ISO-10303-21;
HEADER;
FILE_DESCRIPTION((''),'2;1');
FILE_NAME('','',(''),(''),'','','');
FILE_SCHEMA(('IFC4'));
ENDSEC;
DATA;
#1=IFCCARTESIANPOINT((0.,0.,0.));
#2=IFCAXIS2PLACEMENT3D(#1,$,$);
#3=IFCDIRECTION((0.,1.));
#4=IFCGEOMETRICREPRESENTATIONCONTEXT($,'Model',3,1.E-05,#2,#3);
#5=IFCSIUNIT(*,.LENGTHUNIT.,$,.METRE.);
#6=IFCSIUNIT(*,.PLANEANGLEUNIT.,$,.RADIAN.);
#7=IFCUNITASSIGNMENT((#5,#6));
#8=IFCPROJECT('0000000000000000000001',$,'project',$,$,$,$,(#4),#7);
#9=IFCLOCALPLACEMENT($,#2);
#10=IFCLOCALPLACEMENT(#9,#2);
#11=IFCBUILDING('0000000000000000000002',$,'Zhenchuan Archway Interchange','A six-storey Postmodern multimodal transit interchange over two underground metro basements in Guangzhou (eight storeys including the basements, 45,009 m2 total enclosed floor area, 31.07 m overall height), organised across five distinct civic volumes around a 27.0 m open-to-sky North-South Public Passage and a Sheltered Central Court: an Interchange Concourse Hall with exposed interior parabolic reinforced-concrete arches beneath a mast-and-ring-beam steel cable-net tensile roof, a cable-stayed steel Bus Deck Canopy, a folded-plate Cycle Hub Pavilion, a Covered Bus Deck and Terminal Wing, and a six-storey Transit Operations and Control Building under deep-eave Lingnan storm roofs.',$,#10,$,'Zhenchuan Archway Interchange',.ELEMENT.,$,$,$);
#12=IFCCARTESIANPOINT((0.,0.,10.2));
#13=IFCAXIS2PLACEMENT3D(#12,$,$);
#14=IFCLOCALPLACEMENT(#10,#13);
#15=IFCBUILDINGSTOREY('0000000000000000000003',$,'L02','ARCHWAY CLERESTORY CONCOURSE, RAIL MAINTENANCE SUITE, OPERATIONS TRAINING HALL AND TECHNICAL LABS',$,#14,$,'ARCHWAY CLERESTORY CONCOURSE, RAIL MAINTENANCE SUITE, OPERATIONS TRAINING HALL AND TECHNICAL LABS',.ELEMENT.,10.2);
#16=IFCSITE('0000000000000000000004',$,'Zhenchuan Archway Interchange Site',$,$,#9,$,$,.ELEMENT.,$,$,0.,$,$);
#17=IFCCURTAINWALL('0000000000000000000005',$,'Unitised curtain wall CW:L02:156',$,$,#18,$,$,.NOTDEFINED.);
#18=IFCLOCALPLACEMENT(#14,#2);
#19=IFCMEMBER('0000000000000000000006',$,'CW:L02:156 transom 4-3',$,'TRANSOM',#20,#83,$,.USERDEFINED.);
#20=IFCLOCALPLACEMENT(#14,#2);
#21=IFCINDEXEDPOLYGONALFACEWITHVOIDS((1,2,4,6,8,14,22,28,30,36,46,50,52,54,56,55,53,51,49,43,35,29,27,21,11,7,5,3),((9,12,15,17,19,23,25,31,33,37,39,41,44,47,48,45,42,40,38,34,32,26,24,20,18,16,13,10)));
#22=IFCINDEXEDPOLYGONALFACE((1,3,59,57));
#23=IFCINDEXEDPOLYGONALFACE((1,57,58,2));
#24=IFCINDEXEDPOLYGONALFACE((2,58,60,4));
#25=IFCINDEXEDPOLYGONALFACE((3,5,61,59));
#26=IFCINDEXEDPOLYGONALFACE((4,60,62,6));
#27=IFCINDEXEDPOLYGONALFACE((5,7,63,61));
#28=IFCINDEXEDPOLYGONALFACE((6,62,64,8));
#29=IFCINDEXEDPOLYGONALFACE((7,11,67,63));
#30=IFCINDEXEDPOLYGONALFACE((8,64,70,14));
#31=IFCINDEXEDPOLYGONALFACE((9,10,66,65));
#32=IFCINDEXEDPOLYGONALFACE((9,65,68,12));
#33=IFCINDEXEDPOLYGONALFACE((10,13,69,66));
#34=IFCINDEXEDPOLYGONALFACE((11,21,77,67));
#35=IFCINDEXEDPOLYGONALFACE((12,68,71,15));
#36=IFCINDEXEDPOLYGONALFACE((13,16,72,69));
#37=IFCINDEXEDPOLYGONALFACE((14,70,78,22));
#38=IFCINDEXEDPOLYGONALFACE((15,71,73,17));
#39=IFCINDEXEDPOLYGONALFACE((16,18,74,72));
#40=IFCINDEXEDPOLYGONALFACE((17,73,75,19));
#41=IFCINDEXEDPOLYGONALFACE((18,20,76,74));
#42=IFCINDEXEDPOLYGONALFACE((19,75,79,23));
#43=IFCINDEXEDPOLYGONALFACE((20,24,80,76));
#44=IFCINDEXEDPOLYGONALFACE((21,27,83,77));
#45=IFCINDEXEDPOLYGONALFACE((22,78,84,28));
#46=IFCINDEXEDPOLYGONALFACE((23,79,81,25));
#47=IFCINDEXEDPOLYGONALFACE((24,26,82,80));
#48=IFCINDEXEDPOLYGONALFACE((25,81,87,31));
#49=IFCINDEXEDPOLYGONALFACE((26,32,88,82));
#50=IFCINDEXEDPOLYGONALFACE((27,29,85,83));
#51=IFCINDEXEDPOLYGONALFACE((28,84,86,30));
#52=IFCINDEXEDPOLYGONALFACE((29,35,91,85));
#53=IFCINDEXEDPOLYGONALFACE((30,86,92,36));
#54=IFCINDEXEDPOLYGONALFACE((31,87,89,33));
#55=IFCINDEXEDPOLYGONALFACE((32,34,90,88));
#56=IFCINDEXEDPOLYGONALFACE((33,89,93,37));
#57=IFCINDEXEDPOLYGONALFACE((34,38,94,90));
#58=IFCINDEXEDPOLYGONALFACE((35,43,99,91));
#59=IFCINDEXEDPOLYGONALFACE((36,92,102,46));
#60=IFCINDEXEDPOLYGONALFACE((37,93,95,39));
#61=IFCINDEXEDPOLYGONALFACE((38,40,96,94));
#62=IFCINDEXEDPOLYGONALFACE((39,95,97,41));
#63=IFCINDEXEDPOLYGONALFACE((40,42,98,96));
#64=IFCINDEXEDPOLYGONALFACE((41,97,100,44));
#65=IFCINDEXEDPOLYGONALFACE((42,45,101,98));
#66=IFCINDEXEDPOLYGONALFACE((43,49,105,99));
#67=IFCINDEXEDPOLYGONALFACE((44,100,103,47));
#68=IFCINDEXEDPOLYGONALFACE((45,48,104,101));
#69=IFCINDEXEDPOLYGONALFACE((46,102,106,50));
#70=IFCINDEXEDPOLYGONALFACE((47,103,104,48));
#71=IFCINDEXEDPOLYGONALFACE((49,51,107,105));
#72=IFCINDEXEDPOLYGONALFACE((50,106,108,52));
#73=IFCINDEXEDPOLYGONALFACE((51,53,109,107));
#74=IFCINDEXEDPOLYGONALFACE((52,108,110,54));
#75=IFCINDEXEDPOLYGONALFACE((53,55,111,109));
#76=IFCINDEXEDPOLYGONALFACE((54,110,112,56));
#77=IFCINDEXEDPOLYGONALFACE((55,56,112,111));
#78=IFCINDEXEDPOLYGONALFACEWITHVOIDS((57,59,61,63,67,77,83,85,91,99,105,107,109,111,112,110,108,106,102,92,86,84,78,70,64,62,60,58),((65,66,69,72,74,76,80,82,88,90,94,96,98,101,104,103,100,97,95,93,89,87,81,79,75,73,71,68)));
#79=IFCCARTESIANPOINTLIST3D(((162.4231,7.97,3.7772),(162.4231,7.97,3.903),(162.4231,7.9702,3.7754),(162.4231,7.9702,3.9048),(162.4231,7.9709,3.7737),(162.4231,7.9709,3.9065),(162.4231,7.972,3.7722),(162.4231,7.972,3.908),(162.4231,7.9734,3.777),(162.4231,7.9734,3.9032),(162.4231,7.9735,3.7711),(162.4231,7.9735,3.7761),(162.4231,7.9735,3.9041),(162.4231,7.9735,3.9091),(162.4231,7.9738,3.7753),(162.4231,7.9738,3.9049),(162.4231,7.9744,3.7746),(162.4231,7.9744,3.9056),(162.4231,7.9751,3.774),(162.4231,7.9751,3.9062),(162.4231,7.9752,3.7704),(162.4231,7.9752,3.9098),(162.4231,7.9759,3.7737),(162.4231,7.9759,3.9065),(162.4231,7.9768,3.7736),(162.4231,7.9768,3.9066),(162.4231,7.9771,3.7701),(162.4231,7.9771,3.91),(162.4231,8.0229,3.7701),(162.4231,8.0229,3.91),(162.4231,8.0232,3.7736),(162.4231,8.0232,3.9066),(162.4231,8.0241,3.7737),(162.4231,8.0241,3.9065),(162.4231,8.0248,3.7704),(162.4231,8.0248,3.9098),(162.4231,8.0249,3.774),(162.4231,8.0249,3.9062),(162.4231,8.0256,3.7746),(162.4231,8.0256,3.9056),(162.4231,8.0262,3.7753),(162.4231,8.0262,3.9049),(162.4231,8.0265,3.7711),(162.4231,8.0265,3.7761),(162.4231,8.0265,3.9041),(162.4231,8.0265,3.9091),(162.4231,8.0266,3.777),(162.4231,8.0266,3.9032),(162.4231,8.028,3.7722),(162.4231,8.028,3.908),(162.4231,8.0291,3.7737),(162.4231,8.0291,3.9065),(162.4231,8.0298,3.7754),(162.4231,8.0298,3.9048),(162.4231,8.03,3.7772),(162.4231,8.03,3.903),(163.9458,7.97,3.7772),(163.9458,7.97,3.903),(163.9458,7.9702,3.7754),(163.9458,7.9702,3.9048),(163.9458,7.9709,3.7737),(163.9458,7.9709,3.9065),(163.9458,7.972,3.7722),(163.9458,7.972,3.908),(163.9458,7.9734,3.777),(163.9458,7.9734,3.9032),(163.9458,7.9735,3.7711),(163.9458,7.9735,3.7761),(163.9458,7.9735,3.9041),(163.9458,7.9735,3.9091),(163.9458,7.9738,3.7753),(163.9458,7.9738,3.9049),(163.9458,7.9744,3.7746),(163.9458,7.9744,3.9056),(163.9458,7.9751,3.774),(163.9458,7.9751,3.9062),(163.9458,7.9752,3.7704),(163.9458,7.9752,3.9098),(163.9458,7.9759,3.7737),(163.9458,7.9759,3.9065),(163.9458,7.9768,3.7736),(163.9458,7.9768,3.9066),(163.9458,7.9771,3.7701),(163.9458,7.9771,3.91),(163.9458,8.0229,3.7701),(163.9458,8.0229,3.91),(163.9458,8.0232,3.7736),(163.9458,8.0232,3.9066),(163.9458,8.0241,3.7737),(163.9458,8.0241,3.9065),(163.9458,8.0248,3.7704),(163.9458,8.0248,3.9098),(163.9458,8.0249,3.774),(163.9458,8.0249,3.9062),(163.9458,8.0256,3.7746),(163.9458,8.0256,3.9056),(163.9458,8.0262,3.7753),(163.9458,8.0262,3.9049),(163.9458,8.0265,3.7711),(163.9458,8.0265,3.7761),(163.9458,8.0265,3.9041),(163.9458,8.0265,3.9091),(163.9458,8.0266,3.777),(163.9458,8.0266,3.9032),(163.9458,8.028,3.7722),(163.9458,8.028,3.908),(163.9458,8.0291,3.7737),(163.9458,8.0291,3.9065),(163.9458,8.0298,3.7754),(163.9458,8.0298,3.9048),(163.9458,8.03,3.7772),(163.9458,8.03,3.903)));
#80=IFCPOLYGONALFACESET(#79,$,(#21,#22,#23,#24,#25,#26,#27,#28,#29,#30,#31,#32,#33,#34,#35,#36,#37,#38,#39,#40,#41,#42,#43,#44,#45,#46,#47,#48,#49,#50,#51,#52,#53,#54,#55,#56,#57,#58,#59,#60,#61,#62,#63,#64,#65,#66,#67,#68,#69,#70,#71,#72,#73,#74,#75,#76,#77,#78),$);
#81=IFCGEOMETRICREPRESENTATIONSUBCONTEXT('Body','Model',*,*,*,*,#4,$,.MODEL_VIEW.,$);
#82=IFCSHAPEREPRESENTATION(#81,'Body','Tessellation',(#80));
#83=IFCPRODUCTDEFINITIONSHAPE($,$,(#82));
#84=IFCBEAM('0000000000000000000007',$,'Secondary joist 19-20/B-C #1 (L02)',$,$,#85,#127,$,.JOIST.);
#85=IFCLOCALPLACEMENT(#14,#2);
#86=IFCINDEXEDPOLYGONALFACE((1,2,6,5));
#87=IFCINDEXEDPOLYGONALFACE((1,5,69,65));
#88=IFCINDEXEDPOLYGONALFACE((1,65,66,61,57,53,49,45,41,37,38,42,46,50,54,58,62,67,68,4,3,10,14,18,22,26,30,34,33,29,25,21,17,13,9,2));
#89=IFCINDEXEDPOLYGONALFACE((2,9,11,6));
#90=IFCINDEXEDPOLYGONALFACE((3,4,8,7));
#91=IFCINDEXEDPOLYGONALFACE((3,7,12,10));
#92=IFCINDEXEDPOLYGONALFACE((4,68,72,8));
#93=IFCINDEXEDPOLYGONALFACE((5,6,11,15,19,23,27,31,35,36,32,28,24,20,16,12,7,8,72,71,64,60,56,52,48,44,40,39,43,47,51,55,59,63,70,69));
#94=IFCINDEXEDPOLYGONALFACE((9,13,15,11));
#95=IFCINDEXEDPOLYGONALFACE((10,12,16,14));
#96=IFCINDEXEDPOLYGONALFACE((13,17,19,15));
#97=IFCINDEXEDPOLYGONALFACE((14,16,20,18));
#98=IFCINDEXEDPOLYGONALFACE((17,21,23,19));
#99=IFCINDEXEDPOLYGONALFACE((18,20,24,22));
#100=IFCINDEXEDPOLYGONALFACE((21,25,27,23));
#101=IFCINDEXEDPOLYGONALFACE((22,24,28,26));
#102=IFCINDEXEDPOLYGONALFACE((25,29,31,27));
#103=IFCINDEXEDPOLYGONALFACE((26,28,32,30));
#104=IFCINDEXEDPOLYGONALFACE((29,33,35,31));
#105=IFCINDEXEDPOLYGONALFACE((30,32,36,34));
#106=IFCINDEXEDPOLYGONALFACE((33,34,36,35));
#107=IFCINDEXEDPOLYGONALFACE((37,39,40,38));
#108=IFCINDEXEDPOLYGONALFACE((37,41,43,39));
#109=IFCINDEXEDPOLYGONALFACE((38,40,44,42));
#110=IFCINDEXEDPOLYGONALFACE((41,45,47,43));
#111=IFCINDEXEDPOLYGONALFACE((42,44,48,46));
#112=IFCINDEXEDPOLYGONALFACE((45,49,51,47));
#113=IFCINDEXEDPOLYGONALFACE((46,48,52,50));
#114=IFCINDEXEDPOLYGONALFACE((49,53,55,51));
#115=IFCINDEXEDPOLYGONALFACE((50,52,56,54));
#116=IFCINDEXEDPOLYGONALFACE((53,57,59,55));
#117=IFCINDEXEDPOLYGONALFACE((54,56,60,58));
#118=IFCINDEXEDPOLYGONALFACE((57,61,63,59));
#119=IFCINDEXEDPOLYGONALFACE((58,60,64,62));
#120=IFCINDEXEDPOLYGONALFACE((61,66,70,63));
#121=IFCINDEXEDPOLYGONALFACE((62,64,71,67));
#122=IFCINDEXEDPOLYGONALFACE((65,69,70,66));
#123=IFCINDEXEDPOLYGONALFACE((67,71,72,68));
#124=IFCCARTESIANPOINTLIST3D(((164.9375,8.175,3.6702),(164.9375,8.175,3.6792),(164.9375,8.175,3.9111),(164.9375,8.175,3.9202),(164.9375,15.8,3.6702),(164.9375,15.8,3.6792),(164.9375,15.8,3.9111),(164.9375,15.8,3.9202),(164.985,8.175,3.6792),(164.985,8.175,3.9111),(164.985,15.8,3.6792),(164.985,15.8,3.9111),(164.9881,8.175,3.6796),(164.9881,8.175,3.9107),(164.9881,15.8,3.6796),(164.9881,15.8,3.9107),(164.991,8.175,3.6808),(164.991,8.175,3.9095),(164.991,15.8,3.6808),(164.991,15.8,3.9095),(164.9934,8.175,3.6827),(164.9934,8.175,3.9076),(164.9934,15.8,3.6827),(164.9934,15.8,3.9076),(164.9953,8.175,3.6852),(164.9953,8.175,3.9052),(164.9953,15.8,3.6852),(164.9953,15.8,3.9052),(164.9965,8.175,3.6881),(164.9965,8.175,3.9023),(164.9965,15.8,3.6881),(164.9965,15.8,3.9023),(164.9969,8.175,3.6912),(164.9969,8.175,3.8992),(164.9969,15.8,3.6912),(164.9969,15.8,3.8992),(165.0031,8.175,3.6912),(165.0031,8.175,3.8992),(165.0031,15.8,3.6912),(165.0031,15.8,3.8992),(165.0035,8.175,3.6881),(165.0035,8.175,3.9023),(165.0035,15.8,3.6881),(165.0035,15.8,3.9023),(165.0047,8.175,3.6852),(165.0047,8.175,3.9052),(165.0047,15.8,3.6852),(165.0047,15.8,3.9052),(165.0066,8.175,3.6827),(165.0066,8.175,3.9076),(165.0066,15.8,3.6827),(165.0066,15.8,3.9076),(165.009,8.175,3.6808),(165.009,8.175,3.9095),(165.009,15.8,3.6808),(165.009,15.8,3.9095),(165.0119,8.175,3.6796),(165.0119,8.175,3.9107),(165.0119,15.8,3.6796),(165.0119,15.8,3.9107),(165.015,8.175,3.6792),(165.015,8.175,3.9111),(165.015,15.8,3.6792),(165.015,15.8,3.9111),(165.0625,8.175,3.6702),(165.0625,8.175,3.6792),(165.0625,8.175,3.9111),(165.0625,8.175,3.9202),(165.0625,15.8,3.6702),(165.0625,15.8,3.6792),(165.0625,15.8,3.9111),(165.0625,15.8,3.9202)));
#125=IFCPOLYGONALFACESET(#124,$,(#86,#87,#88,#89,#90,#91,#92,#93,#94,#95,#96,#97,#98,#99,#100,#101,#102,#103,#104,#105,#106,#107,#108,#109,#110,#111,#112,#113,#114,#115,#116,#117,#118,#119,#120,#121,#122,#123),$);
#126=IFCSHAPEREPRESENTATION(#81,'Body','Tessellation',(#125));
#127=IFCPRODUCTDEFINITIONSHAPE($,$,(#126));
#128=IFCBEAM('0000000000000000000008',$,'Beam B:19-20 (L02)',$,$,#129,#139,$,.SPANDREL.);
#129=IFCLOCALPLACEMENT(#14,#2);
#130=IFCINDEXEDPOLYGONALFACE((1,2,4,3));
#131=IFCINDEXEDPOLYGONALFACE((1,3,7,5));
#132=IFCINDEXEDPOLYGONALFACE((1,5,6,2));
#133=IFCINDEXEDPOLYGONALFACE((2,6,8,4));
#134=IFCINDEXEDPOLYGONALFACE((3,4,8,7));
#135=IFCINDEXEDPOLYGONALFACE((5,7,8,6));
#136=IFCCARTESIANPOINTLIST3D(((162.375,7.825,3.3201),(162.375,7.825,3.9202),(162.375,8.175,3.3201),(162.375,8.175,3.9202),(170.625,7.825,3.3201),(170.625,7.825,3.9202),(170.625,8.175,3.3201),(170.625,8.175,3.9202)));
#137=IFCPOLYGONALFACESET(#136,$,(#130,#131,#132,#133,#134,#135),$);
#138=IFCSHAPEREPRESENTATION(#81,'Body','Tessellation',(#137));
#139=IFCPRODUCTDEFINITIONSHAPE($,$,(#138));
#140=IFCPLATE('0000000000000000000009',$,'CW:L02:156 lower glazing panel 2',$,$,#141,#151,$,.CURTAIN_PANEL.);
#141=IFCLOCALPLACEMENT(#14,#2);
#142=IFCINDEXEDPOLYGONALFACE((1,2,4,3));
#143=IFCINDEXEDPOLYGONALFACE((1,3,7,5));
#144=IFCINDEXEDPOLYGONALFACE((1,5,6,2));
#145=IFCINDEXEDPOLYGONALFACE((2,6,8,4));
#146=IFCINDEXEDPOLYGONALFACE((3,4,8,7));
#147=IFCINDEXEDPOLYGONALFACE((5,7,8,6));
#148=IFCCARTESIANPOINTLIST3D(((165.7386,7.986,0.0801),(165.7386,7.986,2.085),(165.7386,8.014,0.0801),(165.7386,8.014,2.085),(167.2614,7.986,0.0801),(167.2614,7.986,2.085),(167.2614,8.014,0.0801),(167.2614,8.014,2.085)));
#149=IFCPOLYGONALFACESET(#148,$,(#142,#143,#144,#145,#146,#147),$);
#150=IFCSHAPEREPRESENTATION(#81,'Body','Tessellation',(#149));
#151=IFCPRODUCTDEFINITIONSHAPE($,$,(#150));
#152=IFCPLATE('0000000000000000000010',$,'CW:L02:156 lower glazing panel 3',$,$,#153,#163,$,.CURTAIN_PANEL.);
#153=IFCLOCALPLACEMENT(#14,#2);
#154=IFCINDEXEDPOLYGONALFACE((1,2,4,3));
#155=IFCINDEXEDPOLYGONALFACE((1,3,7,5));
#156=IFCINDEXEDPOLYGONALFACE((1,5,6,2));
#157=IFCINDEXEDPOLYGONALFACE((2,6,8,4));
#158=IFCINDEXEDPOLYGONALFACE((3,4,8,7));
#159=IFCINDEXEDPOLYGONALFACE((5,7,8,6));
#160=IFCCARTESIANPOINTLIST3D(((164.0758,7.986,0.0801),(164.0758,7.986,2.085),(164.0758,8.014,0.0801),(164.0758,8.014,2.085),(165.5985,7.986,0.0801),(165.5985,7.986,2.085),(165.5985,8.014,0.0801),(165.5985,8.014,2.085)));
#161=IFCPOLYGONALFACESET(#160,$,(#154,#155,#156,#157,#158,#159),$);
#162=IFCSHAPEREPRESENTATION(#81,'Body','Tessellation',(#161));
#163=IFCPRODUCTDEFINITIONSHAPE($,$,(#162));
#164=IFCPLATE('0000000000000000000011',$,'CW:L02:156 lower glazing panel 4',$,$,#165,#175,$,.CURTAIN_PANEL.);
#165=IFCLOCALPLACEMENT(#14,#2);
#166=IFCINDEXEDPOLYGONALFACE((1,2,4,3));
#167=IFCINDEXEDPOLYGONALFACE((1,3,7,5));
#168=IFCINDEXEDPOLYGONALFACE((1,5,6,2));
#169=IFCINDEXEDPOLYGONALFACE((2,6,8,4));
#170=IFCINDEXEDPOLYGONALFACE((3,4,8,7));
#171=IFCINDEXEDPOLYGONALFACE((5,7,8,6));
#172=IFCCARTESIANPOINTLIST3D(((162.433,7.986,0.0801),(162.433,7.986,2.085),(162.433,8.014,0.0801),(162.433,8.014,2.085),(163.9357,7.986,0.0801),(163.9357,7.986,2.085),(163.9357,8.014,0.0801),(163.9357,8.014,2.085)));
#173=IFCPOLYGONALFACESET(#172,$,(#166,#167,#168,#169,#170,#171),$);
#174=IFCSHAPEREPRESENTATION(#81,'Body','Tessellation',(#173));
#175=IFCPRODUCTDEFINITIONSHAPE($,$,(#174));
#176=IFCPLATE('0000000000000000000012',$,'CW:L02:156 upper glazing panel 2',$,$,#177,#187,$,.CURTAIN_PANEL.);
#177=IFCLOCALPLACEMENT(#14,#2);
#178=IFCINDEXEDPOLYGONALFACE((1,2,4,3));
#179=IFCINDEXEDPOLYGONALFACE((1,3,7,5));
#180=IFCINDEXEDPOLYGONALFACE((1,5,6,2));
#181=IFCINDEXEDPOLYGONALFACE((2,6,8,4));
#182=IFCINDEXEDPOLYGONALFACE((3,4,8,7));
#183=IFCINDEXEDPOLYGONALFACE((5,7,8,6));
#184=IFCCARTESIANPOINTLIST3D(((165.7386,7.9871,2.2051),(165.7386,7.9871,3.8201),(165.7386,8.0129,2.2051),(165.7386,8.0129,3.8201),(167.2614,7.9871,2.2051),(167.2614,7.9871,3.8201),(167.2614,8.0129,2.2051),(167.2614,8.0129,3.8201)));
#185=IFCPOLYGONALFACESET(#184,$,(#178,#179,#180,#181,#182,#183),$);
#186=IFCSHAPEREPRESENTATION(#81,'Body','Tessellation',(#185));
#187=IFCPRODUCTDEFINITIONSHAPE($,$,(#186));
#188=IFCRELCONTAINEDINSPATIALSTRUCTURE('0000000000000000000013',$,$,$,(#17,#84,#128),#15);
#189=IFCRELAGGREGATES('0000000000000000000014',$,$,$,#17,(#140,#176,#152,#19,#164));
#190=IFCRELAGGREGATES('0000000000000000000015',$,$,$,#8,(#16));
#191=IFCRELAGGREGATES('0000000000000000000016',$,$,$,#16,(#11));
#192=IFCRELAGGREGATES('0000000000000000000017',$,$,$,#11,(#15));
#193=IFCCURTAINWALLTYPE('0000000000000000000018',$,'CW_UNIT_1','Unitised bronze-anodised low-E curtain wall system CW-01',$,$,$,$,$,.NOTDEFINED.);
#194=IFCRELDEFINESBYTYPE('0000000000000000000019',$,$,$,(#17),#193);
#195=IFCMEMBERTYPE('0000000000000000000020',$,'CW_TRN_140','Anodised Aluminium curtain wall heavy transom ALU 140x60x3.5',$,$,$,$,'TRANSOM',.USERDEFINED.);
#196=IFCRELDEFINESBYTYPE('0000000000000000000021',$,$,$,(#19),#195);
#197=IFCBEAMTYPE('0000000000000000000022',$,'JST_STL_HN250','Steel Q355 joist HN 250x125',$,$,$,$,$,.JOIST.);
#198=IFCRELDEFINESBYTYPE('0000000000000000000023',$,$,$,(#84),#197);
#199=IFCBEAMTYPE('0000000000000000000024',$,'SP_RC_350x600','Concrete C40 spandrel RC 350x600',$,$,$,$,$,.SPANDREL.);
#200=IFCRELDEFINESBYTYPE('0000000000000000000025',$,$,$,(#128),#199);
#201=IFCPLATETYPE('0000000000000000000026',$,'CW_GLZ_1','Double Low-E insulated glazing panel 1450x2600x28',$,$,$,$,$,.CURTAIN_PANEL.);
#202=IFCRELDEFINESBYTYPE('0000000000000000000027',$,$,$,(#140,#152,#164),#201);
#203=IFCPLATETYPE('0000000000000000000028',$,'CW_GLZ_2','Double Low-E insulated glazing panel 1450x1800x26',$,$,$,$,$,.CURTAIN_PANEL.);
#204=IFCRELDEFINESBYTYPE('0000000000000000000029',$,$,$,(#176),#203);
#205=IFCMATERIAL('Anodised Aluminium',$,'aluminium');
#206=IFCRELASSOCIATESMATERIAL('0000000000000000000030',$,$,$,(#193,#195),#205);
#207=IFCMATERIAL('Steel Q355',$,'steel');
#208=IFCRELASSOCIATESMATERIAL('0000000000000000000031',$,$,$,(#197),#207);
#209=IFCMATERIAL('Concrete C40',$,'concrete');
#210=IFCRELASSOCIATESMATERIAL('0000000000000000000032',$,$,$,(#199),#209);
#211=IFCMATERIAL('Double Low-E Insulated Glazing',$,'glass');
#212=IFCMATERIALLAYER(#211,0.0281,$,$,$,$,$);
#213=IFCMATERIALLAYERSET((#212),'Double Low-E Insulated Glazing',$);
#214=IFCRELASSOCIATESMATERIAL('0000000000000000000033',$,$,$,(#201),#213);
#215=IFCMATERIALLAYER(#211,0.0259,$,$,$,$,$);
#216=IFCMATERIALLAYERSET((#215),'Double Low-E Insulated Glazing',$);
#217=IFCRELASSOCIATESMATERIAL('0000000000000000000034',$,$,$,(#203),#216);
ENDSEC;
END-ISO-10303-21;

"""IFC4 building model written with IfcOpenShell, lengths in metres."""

from ifc_helpers import new_model, si_unit, direction, frame, origin, origin_2d, place, context, subcontext, project, spatial, rectangle, hollow_rectangle, i_section, extrude, material, layer, layer_set, material_profile, profile_set, type_object, element, aggregate, save


model = new_model("IFC4")

# Units and contexts
model_context = context("Model", 3, precision=1e-05, world=origin(), true_north=direction((0.0, 1.0)))
body_context = subcontext(model_context, "Body", "Model", "MODEL_VIEW")
ifc_project = project(units=[si_unit("LENGTHUNIT", "METRE"), si_unit("PLANEANGLEUNIT", "RADIAN")], contexts=[model_context])

# Site, building, storey
site_placement = place(None, origin())
site = spatial("IfcSite", under=ifc_project, at=site_placement, Name="Zhenchuan Archway Interchange Site", CompositionType="ELEMENT", RefElevation=0.0)
building_placement = place(site_placement, origin())
building = spatial("IfcBuilding", under=site, at=building_placement, Name="Zhenchuan Archway Interchange", Description="A six-storey Postmodern multimodal transit interchange over two underground metro basements in Guangzhou (eight storeys including the basements, 45,009 m2 total enclosed floor area, 31.07 m overall height), organised across five distinct civic volumes around a 27.0 m open-to-sky North-South Public Passage and a Sheltered Central Court: an Interchange Concourse Hall with exposed interior parabolic reinforced-concrete arches beneath a mast-and-ring-beam steel cable-net tensile roof, a cable-stayed steel Bus Deck Canopy, a folded-plate Cycle Hub Pavilion, a Covered Bus Deck and Terminal Wing, and a six-storey Transit Operations and Control Building under deep-eave Lingnan storm roofs.", LongName="Zhenchuan Archway Interchange", CompositionType="ELEMENT")
storey_placement = place(building_placement, frame((0.0, 0.0, 10.2)))
storey = spatial("IfcBuildingStorey", under=building, at=storey_placement, Name="L02", Description="ARCHWAY CLERESTORY CONCOURSE, RAIL MAINTENANCE SUITE, OPERATIONS TRAINING HALL AND TECHNICAL LABS", LongName="ARCHWAY CLERESTORY CONCOURSE, RAIL MAINTENANCE SUITE, OPERATIONS TRAINING HALL AND TECHNICAL LABS", CompositionType="ELEMENT", Elevation=10.2)

# Shared definitions
ifc_material_1 = material(Name="Concrete C40", Category="concrete")

# Curtain wall, member
ifc_material_2 = material(Name="Anodised Aluminium", Category="aluminium")
curtain_wall_type = type_object("IfcCurtainWallType", Name="CW_UNIT_1", Description="Unitised bronze-anodised low-E curtain wall system CW-01", PredefinedType="NOTDEFINED", material=ifc_material_2)
curtain_wall_placement = place(storey_placement, origin())
curtain_wall = element("IfcCurtainWall", 1, at=curtain_wall_placement, inside=storey, type_object=curtain_wall_type, Name="Unitised curtain wall CW:L02:156", PredefinedType="NOTDEFINED")
ifc_material_profile_1 = material_profile(ifc_material_2, hollow_rectangle(XDim=0.0601, YDim=0.1399, WallThickness=0.0034, InnerFilletRadius=0.0034, OuterFilletRadius=0.0071, at=origin_2d()), Name="ALU 140x60x3.5")
ifc_profile_set_1 = profile_set([ifc_material_profile_1], Name="Anodised Aluminium")
member_type_1 = type_object("IfcMemberType", Name="CW_TRN_140", Description="Anodised Aluminium curtain wall heavy transom ALU 140x60x3.5", ElementType="TRANSOM", PredefinedType="USERDEFINED", material=ifc_profile_set_1)
member_1_placement = place(storey_placement, frame((163.9458, 8.0, 3.8401), z_axis=(-1.0, 0.0, 0.0), x_axis=(0.0, -1.0, 0.0)))
member_1 = element("IfcMember", 2, at=member_1_placement, type_object=member_type_1, Name="CW:L02:156 transom 4-3", ObjectType="TRANSOM", PredefinedType="USERDEFINED", context=body_context, shape_type="SweptSolid", body=[
    extrude(hollow_rectangle(XDim=0.0601, YDim=0.1399, WallThickness=0.0034, InnerFilletRadius=0.0034, OuterFilletRadius=0.0071, at=origin_2d()), origin(), (0.0, 0.0, 1.0), 1.5227),
])

# Beams
ifc_material_3 = material(Name="Steel Q355", Category="steel")
ifc_material_profile_2 = material_profile(ifc_material_3, i_section(OverallWidth=0.125, OverallDepth=0.25, WebThickness=0.0061, FlangeThickness=0.009, FilletRadius=0.012, at=origin_2d()), Name="HN 250x125")
ifc_profile_set_2 = profile_set([ifc_material_profile_2], Name="Steel Q355")
beam_type_1 = type_object("IfcBeamType", Name="JST_STL_HN250", Description="Steel Q355 joist HN 250x125", PredefinedType="JOIST", material=ifc_profile_set_2)
beam_1_placement = place(storey_placement, frame((165.0, 8.175, 3.7952), z_axis=(0.0, 1.0, 0.0), x_axis=(-1.0, 0.0, 0.0)))
element("IfcBeam", 3, at=beam_1_placement, inside=storey, type_object=beam_type_1, Name="Secondary joist 19-20/B-C #1 (L02)", PredefinedType="JOIST", context=body_context, shape_type="SweptSolid", body=[
    extrude(i_section(OverallWidth=0.125, OverallDepth=0.25, WebThickness=0.0061, FlangeThickness=0.009, FilletRadius=0.012, at=origin_2d()), origin(), (0.0, 0.0, 1.0), 7.625),
])
ifc_material_profile_3 = material_profile(ifc_material_1, rectangle(XDim=0.3501, YDim=0.6001, at=origin_2d()), Name="RC 350x600")
ifc_profile_set_3 = profile_set([ifc_material_profile_3], Name="Concrete C40")
beam_type_2 = type_object("IfcBeamType", Name="SP_RC_350x600", Description="Concrete C40 spandrel RC 350x600", PredefinedType="SPANDREL", material=ifc_profile_set_3)
beam_2_placement = place(storey_placement, frame((162.375, 8.0, 3.6201), z_axis=(1.0, 0.0, 0.0), x_axis=(0.0, 1.0, 0.0)))
element("IfcBeam", 4, at=beam_2_placement, inside=storey, type_object=beam_type_2, Name="Beam B:19-20 (L02)", PredefinedType="SPANDREL", context=body_context, shape_type="SweptSolid", body=[
    extrude(rectangle(XDim=0.3501, YDim=0.6001, at=origin_2d()), origin(), (0.0, 0.0, 1.0), 8.25),
])

# Plates
ifc_material_4 = material(Name="Double Low-E Insulated Glazing", Category="glass")
ifc_layer_1 = layer(ifc_material_4, 0.0281)
ifc_layer_set_1 = layer_set([ifc_layer_1], Name="Double Low-E Insulated Glazing")
plate_type_1 = type_object("IfcPlateType", Name="CW_GLZ_1", Description="Double Low-E insulated glazing panel 1450x2600x28", PredefinedType="CURTAIN_PANEL", material=ifc_layer_set_1)
plate_1_placement = place(storey_placement, frame((166.5, 8.0, 0.0801), z_axis=(0.0, 0.0, 1.0), x_axis=(-1.0, 0.0, 0.0)))
plate_1 = element("IfcPlate", 5, at=plate_1_placement, type_object=plate_type_1, Name="CW:L02:156 lower glazing panel 2", PredefinedType="CURTAIN_PANEL", context=body_context, shape_type="SweptSolid", body=[
    extrude(rectangle(XDim=1.5227, YDim=0.0281, at=origin_2d()), origin(), (0.0, 0.0, 1.0), 2.0049),
])
plate_2_placement = place(storey_placement, frame((164.8372, 8.0, 0.0801), z_axis=(0.0, 0.0, 1.0), x_axis=(-1.0, 0.0, 0.0)))
plate_2 = element("IfcPlate", 6, at=plate_2_placement, type_object=plate_type_1, Name="CW:L02:156 lower glazing panel 3", PredefinedType="CURTAIN_PANEL", context=body_context, shape_type="SweptSolid", body=[
    extrude(rectangle(XDim=1.5227, YDim=0.0281, at=origin_2d()), origin(), (0.0, 0.0, 1.0), 2.0049),
])
plate_3_placement = place(storey_placement, frame((163.1843, 8.0, 0.0801), z_axis=(0.0, 0.0, 1.0), x_axis=(-1.0, 0.0, 0.0)))
plate_3 = element("IfcPlate", 7, at=plate_3_placement, type_object=plate_type_1, Name="CW:L02:156 lower glazing panel 4", PredefinedType="CURTAIN_PANEL", context=body_context, shape_type="SweptSolid", body=[
    extrude(rectangle(XDim=1.5027, YDim=0.0281, at=origin_2d()), origin(), (0.0, 0.0, 1.0), 2.0049),
])
ifc_layer_2 = layer(ifc_material_4, 0.0259)
ifc_layer_set_2 = layer_set([ifc_layer_2], Name="Double Low-E Insulated Glazing")
plate_type_2 = type_object("IfcPlateType", Name="CW_GLZ_2", Description="Double Low-E insulated glazing panel 1450x1800x26", PredefinedType="CURTAIN_PANEL", material=ifc_layer_set_2)
plate_4_placement = place(storey_placement, frame((166.5, 8.0, 2.2051), z_axis=(0.0, 0.0, 1.0), x_axis=(-1.0, 0.0, 0.0)))
plate_4 = element("IfcPlate", 8, at=plate_4_placement, type_object=plate_type_2, Name="CW:L02:156 upper glazing panel 2", PredefinedType="CURTAIN_PANEL", context=body_context, shape_type="SweptSolid", body=[
    extrude(rectangle(XDim=1.5227, YDim=0.0259, at=origin_2d()), origin(), (0.0, 0.0, 1.0), 1.615),
])
aggregate(curtain_wall, [plate_1, plate_4, plate_2, member_1, plate_3])

save(model, "model.ifc")
